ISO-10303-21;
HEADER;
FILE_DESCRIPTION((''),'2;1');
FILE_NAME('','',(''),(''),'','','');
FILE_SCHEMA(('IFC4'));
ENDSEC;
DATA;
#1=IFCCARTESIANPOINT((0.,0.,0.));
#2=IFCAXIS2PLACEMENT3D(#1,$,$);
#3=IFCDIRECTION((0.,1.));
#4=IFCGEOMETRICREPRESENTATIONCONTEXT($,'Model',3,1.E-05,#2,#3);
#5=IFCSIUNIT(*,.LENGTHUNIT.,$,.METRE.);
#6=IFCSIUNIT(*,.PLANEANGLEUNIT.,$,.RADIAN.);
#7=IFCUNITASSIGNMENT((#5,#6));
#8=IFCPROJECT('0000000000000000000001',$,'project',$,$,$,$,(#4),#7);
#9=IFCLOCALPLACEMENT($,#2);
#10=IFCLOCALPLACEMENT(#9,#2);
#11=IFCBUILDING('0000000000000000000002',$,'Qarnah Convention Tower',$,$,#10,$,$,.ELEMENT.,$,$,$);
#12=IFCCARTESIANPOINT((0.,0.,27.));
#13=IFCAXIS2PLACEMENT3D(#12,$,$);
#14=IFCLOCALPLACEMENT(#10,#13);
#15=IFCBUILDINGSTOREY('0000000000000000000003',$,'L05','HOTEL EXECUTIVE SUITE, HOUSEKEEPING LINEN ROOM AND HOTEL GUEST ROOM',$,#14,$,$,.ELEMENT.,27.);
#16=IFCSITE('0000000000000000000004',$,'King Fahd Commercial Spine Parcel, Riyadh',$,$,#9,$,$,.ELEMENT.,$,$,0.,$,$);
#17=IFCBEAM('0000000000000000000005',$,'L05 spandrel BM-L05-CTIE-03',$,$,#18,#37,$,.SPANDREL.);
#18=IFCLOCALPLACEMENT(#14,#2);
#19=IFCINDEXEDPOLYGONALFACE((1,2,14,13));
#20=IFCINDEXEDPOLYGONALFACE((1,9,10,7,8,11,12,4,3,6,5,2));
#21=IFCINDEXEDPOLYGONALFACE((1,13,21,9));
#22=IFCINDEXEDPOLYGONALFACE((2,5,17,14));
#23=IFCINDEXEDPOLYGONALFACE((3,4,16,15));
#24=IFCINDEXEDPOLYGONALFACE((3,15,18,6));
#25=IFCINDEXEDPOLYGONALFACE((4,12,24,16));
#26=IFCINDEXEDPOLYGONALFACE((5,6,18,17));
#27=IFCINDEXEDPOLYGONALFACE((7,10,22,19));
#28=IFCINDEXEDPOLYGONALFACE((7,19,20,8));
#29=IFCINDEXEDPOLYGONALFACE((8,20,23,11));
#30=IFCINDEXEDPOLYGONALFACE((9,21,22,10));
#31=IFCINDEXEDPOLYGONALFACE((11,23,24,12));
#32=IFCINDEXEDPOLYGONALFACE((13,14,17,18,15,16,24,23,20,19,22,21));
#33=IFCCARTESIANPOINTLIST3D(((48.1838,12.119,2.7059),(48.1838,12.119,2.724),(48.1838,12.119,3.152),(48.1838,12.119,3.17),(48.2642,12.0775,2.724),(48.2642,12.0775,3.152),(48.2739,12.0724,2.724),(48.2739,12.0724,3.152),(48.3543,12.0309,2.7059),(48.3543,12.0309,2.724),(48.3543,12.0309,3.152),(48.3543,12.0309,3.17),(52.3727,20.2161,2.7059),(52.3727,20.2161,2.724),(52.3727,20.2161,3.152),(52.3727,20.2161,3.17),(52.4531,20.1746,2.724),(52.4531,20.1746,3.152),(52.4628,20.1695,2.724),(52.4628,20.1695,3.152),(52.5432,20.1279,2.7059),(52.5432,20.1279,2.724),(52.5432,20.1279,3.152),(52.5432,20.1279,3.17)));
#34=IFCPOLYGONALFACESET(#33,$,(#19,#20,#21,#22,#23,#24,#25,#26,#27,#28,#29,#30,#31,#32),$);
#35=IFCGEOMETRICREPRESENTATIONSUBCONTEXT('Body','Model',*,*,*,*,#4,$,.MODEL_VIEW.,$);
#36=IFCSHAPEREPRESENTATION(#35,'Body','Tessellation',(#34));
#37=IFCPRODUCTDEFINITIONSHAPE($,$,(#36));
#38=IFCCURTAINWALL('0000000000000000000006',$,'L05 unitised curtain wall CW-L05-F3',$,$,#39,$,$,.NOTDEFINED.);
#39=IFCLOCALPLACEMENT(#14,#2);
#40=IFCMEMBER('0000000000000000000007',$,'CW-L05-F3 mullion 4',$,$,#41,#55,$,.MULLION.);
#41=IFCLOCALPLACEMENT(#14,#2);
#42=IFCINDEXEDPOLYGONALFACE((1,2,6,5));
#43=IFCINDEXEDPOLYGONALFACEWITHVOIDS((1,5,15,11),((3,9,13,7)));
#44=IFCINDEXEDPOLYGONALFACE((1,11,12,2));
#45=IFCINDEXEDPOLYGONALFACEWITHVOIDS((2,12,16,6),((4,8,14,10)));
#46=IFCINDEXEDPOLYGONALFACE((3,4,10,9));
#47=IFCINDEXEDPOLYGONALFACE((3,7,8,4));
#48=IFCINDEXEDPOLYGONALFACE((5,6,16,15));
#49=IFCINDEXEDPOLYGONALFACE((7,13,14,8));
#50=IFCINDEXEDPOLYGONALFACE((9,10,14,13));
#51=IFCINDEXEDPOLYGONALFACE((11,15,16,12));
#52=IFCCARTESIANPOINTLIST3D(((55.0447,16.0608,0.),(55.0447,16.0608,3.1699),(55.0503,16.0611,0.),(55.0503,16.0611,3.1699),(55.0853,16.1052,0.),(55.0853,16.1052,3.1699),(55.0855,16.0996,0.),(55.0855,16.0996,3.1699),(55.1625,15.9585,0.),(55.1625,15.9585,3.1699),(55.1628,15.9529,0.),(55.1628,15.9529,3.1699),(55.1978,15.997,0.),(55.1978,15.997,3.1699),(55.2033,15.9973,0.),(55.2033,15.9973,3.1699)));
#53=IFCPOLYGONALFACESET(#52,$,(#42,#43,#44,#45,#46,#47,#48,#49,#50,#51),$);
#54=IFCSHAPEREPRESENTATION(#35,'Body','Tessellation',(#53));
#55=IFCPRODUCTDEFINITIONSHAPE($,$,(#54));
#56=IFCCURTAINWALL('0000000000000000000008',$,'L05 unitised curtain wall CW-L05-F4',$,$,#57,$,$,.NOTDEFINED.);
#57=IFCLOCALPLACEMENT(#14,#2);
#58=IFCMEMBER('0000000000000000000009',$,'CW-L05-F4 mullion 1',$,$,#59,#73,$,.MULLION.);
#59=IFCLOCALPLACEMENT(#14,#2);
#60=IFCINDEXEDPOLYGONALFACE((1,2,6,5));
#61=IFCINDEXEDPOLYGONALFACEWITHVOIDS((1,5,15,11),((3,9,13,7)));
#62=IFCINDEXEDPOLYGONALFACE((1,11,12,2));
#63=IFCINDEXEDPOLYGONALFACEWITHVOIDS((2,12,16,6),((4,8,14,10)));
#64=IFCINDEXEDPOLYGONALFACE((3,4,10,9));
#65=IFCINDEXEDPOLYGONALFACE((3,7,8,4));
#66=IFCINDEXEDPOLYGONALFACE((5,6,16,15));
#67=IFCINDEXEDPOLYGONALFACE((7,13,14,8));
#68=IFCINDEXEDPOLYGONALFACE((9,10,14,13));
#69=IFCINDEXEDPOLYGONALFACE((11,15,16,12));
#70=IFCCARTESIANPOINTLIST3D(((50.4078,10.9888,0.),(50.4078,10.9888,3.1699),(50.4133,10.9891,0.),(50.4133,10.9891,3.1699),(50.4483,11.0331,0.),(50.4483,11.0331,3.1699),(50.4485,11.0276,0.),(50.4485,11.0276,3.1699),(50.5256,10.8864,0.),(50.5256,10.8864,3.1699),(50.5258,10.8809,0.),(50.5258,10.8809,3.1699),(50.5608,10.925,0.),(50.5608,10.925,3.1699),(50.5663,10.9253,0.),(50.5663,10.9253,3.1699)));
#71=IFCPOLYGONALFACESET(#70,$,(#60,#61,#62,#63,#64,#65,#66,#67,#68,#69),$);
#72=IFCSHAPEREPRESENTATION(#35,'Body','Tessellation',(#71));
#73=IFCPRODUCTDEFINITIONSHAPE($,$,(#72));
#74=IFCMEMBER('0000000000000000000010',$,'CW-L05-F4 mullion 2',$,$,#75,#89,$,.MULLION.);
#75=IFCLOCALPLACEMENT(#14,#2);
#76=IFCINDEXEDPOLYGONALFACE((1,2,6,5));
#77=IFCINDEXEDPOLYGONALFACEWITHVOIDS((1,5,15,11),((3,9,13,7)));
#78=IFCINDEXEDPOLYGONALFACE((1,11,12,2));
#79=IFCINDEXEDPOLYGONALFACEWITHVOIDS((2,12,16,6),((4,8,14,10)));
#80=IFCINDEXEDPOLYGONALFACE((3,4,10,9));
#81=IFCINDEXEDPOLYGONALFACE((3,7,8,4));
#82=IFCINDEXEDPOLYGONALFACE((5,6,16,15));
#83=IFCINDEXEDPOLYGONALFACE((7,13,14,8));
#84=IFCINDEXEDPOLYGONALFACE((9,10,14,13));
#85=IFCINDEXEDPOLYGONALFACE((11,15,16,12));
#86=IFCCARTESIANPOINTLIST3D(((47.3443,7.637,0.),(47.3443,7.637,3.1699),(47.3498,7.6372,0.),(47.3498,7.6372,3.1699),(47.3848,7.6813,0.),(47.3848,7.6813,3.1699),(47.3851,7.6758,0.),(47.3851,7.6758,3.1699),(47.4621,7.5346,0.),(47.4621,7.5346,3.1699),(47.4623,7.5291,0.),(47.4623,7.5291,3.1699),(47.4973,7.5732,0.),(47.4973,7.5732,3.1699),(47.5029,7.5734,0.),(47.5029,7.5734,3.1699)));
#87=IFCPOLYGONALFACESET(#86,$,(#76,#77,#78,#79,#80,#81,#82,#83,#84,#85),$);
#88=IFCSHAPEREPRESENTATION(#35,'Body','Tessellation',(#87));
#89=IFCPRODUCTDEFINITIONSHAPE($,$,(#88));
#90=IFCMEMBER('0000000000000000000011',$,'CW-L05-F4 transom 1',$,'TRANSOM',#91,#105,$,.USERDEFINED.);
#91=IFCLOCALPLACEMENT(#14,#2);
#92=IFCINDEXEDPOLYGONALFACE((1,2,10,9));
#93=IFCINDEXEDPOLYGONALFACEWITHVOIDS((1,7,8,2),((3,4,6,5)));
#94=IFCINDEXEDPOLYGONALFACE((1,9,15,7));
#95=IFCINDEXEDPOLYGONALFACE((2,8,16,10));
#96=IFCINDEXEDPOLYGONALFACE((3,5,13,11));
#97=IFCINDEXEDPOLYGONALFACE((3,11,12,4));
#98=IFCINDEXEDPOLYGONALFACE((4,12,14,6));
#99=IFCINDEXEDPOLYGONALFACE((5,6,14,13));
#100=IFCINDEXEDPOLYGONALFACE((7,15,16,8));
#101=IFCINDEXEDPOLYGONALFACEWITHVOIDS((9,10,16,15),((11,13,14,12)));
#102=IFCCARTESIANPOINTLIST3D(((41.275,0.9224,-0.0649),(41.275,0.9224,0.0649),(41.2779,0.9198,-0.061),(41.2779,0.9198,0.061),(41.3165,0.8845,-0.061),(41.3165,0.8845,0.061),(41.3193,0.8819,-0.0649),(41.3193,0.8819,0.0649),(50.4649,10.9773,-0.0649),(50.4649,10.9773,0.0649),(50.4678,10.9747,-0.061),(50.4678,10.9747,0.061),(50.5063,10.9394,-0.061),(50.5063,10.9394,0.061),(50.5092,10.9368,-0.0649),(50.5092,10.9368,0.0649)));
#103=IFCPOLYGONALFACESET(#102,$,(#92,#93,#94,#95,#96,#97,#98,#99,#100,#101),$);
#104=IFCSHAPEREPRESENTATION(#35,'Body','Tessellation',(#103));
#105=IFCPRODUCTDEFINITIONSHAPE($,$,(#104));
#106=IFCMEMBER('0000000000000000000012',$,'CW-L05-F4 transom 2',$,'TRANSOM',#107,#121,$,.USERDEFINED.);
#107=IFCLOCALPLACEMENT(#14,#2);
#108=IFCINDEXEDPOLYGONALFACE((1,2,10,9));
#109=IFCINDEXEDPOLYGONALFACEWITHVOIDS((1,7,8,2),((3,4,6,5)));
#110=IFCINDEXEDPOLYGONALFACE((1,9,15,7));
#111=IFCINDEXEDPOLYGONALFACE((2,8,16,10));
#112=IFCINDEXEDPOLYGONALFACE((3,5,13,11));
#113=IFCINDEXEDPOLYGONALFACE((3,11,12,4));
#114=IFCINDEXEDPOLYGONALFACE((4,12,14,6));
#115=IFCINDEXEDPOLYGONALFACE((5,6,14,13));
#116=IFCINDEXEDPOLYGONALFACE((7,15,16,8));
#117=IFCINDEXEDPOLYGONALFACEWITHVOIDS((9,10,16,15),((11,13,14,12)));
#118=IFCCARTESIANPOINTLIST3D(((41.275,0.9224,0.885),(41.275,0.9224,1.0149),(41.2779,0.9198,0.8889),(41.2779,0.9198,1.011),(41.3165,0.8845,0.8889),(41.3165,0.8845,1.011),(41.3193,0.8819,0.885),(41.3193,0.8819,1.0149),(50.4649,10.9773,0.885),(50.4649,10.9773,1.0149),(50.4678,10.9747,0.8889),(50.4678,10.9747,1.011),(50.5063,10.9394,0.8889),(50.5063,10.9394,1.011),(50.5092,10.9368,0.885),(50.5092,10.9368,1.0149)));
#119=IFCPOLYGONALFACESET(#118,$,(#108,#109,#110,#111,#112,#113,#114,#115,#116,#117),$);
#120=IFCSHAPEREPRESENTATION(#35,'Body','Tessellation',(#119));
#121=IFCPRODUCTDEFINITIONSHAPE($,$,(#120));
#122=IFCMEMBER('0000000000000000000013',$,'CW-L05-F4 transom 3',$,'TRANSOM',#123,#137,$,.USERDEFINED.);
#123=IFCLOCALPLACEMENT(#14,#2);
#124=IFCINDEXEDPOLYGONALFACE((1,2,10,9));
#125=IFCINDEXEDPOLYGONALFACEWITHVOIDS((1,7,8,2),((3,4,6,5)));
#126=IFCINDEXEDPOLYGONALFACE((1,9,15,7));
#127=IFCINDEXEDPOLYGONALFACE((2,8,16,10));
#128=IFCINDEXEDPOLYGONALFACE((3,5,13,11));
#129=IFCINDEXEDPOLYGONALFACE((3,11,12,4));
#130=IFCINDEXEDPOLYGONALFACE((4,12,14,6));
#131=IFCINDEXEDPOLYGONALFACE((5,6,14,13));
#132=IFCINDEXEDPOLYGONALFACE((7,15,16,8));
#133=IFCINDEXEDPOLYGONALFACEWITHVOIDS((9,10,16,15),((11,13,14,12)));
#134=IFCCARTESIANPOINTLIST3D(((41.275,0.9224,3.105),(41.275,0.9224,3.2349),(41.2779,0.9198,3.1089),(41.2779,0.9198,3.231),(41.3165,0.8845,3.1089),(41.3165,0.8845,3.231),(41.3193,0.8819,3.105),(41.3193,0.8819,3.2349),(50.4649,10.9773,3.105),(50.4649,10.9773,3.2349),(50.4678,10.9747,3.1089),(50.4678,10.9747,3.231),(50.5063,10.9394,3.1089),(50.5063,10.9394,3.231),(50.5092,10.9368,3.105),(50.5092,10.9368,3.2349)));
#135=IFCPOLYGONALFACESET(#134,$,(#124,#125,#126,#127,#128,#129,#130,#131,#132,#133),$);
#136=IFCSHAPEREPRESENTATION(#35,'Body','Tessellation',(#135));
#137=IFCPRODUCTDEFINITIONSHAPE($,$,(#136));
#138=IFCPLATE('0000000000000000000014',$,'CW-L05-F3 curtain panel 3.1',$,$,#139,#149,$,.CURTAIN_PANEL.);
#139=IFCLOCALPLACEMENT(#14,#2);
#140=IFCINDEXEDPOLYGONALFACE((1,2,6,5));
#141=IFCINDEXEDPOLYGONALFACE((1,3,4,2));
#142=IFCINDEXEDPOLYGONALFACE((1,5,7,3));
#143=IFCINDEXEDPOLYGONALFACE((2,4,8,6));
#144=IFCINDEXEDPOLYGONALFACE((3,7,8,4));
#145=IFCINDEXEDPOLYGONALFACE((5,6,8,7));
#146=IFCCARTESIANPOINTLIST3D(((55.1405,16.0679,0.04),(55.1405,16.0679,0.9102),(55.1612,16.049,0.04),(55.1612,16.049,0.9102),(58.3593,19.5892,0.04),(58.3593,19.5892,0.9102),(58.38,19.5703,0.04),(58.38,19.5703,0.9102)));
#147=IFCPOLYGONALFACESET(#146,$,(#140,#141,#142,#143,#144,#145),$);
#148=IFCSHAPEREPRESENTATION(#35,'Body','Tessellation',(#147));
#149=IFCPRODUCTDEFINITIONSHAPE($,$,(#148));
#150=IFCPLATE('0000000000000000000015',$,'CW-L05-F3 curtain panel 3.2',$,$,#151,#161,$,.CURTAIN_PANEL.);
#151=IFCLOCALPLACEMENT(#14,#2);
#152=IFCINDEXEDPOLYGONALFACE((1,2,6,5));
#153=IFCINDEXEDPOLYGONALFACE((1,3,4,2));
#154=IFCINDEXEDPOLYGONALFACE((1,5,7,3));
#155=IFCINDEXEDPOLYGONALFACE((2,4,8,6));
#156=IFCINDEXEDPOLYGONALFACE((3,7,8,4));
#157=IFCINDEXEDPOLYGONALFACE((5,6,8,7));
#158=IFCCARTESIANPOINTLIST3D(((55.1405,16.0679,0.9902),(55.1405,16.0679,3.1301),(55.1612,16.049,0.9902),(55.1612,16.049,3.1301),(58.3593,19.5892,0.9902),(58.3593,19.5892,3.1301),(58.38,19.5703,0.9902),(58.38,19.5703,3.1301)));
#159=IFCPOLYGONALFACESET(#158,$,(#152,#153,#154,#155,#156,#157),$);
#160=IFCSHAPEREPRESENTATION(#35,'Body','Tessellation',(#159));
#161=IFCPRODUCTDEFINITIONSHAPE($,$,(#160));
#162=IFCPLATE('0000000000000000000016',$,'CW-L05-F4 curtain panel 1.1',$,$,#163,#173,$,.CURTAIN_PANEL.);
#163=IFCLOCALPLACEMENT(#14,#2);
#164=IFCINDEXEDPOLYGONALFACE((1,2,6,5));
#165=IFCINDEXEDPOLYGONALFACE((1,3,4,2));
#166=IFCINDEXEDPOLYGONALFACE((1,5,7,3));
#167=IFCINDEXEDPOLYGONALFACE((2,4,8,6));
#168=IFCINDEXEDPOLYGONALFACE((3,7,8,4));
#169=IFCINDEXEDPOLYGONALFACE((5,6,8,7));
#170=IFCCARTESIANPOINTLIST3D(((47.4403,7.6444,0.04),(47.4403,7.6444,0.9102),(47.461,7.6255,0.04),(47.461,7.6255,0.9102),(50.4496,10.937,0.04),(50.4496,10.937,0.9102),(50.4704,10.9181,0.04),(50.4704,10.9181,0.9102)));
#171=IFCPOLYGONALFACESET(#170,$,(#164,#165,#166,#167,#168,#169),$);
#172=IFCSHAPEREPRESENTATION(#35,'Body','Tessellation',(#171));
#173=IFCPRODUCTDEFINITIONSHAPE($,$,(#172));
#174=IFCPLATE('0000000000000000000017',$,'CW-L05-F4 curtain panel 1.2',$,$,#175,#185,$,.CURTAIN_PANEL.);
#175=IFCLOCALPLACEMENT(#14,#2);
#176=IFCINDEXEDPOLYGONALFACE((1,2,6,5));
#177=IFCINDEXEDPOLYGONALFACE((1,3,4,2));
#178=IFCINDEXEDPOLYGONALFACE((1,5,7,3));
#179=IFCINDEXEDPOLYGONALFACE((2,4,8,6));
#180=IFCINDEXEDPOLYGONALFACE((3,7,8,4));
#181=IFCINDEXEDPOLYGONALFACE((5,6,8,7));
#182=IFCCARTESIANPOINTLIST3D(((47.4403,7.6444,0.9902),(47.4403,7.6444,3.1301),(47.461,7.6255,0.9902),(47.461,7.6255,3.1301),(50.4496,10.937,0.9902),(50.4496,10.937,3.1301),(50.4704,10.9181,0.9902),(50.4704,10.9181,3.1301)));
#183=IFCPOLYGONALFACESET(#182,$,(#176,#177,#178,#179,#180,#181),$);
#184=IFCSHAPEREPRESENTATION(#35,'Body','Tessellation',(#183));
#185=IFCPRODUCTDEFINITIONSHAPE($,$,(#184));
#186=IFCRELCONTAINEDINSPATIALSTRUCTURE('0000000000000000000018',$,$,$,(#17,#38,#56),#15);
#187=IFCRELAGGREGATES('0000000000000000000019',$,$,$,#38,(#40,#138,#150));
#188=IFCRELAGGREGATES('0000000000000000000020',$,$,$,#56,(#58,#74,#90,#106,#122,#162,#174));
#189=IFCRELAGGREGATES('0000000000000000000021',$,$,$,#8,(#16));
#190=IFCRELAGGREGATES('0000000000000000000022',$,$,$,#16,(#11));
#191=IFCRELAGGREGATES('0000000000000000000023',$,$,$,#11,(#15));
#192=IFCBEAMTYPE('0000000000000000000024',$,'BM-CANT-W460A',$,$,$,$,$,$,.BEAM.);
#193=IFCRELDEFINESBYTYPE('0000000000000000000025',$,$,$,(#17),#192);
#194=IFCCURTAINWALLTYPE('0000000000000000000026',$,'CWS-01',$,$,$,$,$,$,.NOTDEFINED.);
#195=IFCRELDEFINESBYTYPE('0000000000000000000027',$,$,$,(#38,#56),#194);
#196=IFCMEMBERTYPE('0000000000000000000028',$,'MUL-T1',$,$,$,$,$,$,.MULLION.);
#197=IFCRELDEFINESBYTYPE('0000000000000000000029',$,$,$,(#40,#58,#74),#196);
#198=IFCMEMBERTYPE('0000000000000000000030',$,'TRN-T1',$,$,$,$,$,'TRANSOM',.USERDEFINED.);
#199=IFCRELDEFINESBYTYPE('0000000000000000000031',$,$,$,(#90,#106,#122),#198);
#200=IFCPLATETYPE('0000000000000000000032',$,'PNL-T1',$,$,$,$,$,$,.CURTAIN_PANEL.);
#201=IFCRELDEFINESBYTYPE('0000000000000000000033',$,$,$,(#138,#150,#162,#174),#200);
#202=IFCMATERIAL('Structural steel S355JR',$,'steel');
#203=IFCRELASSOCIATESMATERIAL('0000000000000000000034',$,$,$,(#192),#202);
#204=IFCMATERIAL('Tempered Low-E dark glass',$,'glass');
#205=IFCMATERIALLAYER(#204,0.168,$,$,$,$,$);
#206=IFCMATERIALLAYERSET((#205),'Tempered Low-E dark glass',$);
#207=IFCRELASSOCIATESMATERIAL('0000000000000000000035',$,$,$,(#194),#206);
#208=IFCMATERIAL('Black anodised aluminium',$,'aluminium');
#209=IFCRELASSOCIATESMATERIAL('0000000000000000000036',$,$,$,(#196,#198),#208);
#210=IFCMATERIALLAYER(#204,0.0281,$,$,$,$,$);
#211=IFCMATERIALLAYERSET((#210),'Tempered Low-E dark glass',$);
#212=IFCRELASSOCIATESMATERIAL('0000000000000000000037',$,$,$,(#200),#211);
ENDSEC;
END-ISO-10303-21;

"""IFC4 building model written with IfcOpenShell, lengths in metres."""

from ifc_helpers import new_model, si_unit, direction, frame, origin, origin_2d, place, context, subcontext, project, spatial, rectangle, hollow_rectangle, i_section, extrude, material, layer, layer_set, material_profile, profile_set, type_object, element, aggregate, save


model = new_model("IFC4")

# Units and contexts
model_context = context("Model", 3, precision=1e-05, world=origin(), true_north=direction((0.0, 1.0)))
body_context = subcontext(model_context, "Body", "Model", "MODEL_VIEW")
ifc_project = project(units=[si_unit("LENGTHUNIT", "METRE"), si_unit("PLANEANGLEUNIT", "RADIAN")], contexts=[model_context])

# Site, building, storey
site_placement = place(None, origin())
site = spatial("IfcSite", under=ifc_project, at=site_placement, Name="King Fahd Commercial Spine Parcel, Riyadh", CompositionType="ELEMENT", RefElevation=0.0)
building_placement = place(site_placement, origin())
building = spatial("IfcBuilding", under=site, at=building_placement, Name="Qarnah Convention Tower", CompositionType="ELEMENT")
storey_placement = place(building_placement, frame((0.0, 0.0, 27.0)))
storey = spatial("IfcBuildingStorey", under=building, at=storey_placement, Name="L05", Description="HOTEL EXECUTIVE SUITE, HOUSEKEEPING LINEN ROOM AND HOTEL GUEST ROOM", CompositionType="ELEMENT", Elevation=27.0)

# Beam
ifc_material_1 = material(Name="Structural steel S355JR", Category="steel")
ifc_material_profile_1 = material_profile(ifc_material_1, i_section(OverallWidth=0.1919, OverallDepth=0.4641, WebThickness=0.011, FlangeThickness=0.0181, at=origin_2d()), Name="W460X89")
ifc_profile_set_1 = profile_set([ifc_material_profile_1], Name="Structural steel S355JR")
beam_type = type_object("IfcBeamType", Name="BM-CANT-W460A", PredefinedType="BEAM", material=ifc_profile_set_1)
beam_placement = place(storey_placement, frame((48.269, 12.075, 2.938), z_axis=(0.45949, 0.888183, 0.0), x_axis=(-0.888183, 0.45949, 0.0)))
element("IfcBeam", 1, at=beam_placement, inside=storey, type_object=beam_type, Name="L05 spandrel BM-L05-CTIE-03", PredefinedType="SPANDREL", context=body_context, shape_type="SweptSolid", body=[
    extrude(i_section(OverallWidth=0.1919, OverallDepth=0.4641, WebThickness=0.011, FlangeThickness=0.0181, at=origin_2d()), origin(), (0.0, 0.0, 1.0), 9.1165),
])

# Curtain wall, member
ifc_material_2 = material(Name="Tempered Low-E dark glass", Category="glass")
ifc_layer_1 = layer(ifc_material_2, 0.168)
ifc_layer_set_1 = layer_set([ifc_layer_1], Name="Tempered Low-E dark glass")
curtain_wall_type = type_object("IfcCurtainWallType", Name="CWS-01", PredefinedType="NOTDEFINED", material=ifc_layer_set_1)
curtain_wall_1_placement = place(storey_placement, origin())
curtain_wall_1 = element("IfcCurtainWall", 2, at=curtain_wall_1_placement, inside=storey, type_object=curtain_wall_type, Name="L05 unitised curtain wall CW-L05-F3", PredefinedType="NOTDEFINED")
ifc_material_3 = material(Name="Black anodised aluminium", Category="aluminium")
ifc_material_profile_2 = material_profile(ifc_material_3, hollow_rectangle(XDim=0.0601, YDim=0.1599, WallThickness=0.0039, at=origin_2d()), Name="MUL-60X160")
ifc_profile_set_2 = profile_set([ifc_material_profile_2], Name="Black anodised aluminium")
member_type_1 = type_object("IfcMemberType", Name="MUL-T1", PredefinedType="MULLION", material=ifc_profile_set_2)
member_1_placement = place(storey_placement, frame((55.124, 16.0291, 0.0), z_axis=(0.0, 0.0, 1.0), x_axis=(-0.674682, -0.738109, 0.0)))
member_1 = element("IfcMember", 3, at=member_1_placement, type_object=member_type_1, Name="CW-L05-F3 mullion 4", PredefinedType="MULLION", context=body_context, shape_type="SweptSolid", body=[
    extrude(hollow_rectangle(XDim=0.0601, YDim=0.1599, WallThickness=0.0039, at=origin_2d()), origin(), (0.0, 0.0, 1.0), 3.1699),
])

# Curtain wall, members
curtain_wall_2_placement = place(storey_placement, origin())
curtain_wall_2 = element("IfcCurtainWall", 4, at=curtain_wall_2_placement, inside=storey, type_object=curtain_wall_type, Name="L05 unitised curtain wall CW-L05-F4", PredefinedType="NOTDEFINED")
member_2_placement = place(storey_placement, frame((50.4871, 10.957, 0.0), z_axis=(0.0, 0.0, 1.0), x_axis=(-0.674644, -0.738144, 0.0)))
member_2 = element("IfcMember", 5, at=member_2_placement, type_object=member_type_1, Name="CW-L05-F4 mullion 1", PredefinedType="MULLION", context=body_context, shape_type="SweptSolid", body=[
    extrude(hollow_rectangle(XDim=0.0601, YDim=0.1599, WallThickness=0.0039, at=origin_2d()), origin(), (0.0, 0.0, 1.0), 3.1699),
])
member_3_placement = place(storey_placement, frame((47.4236, 7.6052, 0.0), z_axis=(0.0, 0.0, 1.0), x_axis=(-0.674644, -0.738144, 0.0)))
member_3 = element("IfcMember", 6, at=member_3_placement, type_object=member_type_1, Name="CW-L05-F4 mullion 2", PredefinedType="MULLION", context=body_context, shape_type="SweptSolid", body=[
    extrude(hollow_rectangle(XDim=0.0601, YDim=0.1599, WallThickness=0.0039, at=origin_2d()), origin(), (0.0, 0.0, 1.0), 3.1699),
])
ifc_material_profile_3 = material_profile(ifc_material_3, hollow_rectangle(XDim=0.0601, YDim=0.1299, WallThickness=0.0039, at=origin_2d()), Name="TRN-60X130")
ifc_profile_set_3 = profile_set([ifc_material_profile_3], Name="Black anodised aluminium")
member_type_2 = type_object("IfcMemberType", Name="TRN-T1", ElementType="TRANSOM", PredefinedType="USERDEFINED", material=ifc_profile_set_3)
member_4_placement = place(storey_placement, frame((50.4871, 10.957, 0.0), z_axis=(-0.674644, -0.738144, 0.0), x_axis=(0.738144, -0.674644, 0.0)))
member_4 = element("IfcMember", 7, at=member_4_placement, type_object=member_type_2, Name="CW-L05-F4 transom 1", ObjectType="TRANSOM", PredefinedType="USERDEFINED", context=body_context, shape_type="SweptSolid", body=[
    extrude(hollow_rectangle(XDim=0.0601, YDim=0.1299, WallThickness=0.0039, at=origin_2d()), origin(), (0.0, 0.0, 1.0), 13.6218),
])
member_5_placement = place(storey_placement, frame((50.4871, 10.957, 0.95), z_axis=(-0.674644, -0.738144, 0.0), x_axis=(0.738144, -0.674644, 0.0)))
member_5 = element("IfcMember", 8, at=member_5_placement, type_object=member_type_2, Name="CW-L05-F4 transom 2", ObjectType="TRANSOM", PredefinedType="USERDEFINED", context=body_context, shape_type="SweptSolid", body=[
    extrude(hollow_rectangle(XDim=0.0601, YDim=0.1299, WallThickness=0.0039, at=origin_2d()), origin(), (0.0, 0.0, 1.0), 13.6218),
])
member_6_placement = place(storey_placement, frame((50.4871, 10.957, 3.1699), z_axis=(-0.674644, -0.738144, 0.0), x_axis=(0.738144, -0.674644, 0.0)))
member_6 = element("IfcMember", 9, at=member_6_placement, type_object=member_type_2, Name="CW-L05-F4 transom 3", ObjectType="TRANSOM", PredefinedType="USERDEFINED", context=body_context, shape_type="SweptSolid", body=[
    extrude(hollow_rectangle(XDim=0.0601, YDim=0.1299, WallThickness=0.0039, at=origin_2d()), origin(), (0.0, 0.0, 1.0), 13.6218),
])

# Plates
ifc_layer_2 = layer(ifc_material_2, 0.0281)
ifc_layer_set_2 = layer_set([ifc_layer_2], Name="Tempered Low-E dark glass")
plate_type = type_object("IfcPlateType", Name="PNL-T1", PredefinedType="CURTAIN_PANEL", material=ifc_layer_set_2)
plate_1_placement = place(storey_placement, frame((56.7603, 17.8191, 0.04), z_axis=(0.0, 0.0, 1.0), x_axis=(-0.674682, -0.738109, 0.0)))
plate_1 = element("IfcPlate", 10, at=plate_1_placement, type_object=plate_type, Name="CW-L05-F3 curtain panel 3.1", PredefinedType="CURTAIN_PANEL", context=body_context, shape_type="SweptSolid", body=[
    extrude(rectangle(XDim=4.7708, YDim=0.0281, at=origin_2d()), origin(), (0.0, 0.0, 1.0), 0.8701),
])
plate_2_placement = place(storey_placement, frame((56.7603, 17.8191, 0.9902), z_axis=(0.0, 0.0, 1.0), x_axis=(-0.674682, -0.738109, 0.0)))
plate_2 = element("IfcPlate", 11, at=plate_2_placement, type_object=plate_type, Name="CW-L05-F3 curtain panel 3.2", PredefinedType="CURTAIN_PANEL", context=body_context, shape_type="SweptSolid", body=[
    extrude(rectangle(XDim=4.7708, YDim=0.0281, at=origin_2d()), origin(), (0.0, 0.0, 1.0), 2.1399),
])
aggregate(curtain_wall_1, [member_1, plate_1, plate_2])
plate_3_placement = place(storey_placement, frame((48.9553, 9.2812, 0.04), z_axis=(0.0, 0.0, 1.0), x_axis=(-0.674644, -0.738144, 0.0)))
plate_3 = element("IfcPlate", 12, at=plate_3_placement, type_object=plate_type, Name="CW-L05-F4 curtain panel 1.1", PredefinedType="CURTAIN_PANEL", context=body_context, shape_type="SweptSolid", body=[
    extrude(rectangle(XDim=4.4607, YDim=0.0281, at=origin_2d()), origin(), (0.0, 0.0, 1.0), 0.8701),
])
plate_4_placement = place(storey_placement, frame((48.9553, 9.2812, 0.9902), z_axis=(0.0, 0.0, 1.0), x_axis=(-0.674644, -0.738144, 0.0)))
plate_4 = element("IfcPlate", 13, at=plate_4_placement, type_object=plate_type, Name="CW-L05-F4 curtain panel 1.2", PredefinedType="CURTAIN_PANEL", context=body_context, shape_type="SweptSolid", body=[
    extrude(rectangle(XDim=4.4607, YDim=0.0281, at=origin_2d()), origin(), (0.0, 0.0, 1.0), 2.1399),
])
aggregate(curtain_wall_2, [member_2, member_3, member_4, member_5, member_6, plate_3, plate_4])

save(model, "model.ifc")
